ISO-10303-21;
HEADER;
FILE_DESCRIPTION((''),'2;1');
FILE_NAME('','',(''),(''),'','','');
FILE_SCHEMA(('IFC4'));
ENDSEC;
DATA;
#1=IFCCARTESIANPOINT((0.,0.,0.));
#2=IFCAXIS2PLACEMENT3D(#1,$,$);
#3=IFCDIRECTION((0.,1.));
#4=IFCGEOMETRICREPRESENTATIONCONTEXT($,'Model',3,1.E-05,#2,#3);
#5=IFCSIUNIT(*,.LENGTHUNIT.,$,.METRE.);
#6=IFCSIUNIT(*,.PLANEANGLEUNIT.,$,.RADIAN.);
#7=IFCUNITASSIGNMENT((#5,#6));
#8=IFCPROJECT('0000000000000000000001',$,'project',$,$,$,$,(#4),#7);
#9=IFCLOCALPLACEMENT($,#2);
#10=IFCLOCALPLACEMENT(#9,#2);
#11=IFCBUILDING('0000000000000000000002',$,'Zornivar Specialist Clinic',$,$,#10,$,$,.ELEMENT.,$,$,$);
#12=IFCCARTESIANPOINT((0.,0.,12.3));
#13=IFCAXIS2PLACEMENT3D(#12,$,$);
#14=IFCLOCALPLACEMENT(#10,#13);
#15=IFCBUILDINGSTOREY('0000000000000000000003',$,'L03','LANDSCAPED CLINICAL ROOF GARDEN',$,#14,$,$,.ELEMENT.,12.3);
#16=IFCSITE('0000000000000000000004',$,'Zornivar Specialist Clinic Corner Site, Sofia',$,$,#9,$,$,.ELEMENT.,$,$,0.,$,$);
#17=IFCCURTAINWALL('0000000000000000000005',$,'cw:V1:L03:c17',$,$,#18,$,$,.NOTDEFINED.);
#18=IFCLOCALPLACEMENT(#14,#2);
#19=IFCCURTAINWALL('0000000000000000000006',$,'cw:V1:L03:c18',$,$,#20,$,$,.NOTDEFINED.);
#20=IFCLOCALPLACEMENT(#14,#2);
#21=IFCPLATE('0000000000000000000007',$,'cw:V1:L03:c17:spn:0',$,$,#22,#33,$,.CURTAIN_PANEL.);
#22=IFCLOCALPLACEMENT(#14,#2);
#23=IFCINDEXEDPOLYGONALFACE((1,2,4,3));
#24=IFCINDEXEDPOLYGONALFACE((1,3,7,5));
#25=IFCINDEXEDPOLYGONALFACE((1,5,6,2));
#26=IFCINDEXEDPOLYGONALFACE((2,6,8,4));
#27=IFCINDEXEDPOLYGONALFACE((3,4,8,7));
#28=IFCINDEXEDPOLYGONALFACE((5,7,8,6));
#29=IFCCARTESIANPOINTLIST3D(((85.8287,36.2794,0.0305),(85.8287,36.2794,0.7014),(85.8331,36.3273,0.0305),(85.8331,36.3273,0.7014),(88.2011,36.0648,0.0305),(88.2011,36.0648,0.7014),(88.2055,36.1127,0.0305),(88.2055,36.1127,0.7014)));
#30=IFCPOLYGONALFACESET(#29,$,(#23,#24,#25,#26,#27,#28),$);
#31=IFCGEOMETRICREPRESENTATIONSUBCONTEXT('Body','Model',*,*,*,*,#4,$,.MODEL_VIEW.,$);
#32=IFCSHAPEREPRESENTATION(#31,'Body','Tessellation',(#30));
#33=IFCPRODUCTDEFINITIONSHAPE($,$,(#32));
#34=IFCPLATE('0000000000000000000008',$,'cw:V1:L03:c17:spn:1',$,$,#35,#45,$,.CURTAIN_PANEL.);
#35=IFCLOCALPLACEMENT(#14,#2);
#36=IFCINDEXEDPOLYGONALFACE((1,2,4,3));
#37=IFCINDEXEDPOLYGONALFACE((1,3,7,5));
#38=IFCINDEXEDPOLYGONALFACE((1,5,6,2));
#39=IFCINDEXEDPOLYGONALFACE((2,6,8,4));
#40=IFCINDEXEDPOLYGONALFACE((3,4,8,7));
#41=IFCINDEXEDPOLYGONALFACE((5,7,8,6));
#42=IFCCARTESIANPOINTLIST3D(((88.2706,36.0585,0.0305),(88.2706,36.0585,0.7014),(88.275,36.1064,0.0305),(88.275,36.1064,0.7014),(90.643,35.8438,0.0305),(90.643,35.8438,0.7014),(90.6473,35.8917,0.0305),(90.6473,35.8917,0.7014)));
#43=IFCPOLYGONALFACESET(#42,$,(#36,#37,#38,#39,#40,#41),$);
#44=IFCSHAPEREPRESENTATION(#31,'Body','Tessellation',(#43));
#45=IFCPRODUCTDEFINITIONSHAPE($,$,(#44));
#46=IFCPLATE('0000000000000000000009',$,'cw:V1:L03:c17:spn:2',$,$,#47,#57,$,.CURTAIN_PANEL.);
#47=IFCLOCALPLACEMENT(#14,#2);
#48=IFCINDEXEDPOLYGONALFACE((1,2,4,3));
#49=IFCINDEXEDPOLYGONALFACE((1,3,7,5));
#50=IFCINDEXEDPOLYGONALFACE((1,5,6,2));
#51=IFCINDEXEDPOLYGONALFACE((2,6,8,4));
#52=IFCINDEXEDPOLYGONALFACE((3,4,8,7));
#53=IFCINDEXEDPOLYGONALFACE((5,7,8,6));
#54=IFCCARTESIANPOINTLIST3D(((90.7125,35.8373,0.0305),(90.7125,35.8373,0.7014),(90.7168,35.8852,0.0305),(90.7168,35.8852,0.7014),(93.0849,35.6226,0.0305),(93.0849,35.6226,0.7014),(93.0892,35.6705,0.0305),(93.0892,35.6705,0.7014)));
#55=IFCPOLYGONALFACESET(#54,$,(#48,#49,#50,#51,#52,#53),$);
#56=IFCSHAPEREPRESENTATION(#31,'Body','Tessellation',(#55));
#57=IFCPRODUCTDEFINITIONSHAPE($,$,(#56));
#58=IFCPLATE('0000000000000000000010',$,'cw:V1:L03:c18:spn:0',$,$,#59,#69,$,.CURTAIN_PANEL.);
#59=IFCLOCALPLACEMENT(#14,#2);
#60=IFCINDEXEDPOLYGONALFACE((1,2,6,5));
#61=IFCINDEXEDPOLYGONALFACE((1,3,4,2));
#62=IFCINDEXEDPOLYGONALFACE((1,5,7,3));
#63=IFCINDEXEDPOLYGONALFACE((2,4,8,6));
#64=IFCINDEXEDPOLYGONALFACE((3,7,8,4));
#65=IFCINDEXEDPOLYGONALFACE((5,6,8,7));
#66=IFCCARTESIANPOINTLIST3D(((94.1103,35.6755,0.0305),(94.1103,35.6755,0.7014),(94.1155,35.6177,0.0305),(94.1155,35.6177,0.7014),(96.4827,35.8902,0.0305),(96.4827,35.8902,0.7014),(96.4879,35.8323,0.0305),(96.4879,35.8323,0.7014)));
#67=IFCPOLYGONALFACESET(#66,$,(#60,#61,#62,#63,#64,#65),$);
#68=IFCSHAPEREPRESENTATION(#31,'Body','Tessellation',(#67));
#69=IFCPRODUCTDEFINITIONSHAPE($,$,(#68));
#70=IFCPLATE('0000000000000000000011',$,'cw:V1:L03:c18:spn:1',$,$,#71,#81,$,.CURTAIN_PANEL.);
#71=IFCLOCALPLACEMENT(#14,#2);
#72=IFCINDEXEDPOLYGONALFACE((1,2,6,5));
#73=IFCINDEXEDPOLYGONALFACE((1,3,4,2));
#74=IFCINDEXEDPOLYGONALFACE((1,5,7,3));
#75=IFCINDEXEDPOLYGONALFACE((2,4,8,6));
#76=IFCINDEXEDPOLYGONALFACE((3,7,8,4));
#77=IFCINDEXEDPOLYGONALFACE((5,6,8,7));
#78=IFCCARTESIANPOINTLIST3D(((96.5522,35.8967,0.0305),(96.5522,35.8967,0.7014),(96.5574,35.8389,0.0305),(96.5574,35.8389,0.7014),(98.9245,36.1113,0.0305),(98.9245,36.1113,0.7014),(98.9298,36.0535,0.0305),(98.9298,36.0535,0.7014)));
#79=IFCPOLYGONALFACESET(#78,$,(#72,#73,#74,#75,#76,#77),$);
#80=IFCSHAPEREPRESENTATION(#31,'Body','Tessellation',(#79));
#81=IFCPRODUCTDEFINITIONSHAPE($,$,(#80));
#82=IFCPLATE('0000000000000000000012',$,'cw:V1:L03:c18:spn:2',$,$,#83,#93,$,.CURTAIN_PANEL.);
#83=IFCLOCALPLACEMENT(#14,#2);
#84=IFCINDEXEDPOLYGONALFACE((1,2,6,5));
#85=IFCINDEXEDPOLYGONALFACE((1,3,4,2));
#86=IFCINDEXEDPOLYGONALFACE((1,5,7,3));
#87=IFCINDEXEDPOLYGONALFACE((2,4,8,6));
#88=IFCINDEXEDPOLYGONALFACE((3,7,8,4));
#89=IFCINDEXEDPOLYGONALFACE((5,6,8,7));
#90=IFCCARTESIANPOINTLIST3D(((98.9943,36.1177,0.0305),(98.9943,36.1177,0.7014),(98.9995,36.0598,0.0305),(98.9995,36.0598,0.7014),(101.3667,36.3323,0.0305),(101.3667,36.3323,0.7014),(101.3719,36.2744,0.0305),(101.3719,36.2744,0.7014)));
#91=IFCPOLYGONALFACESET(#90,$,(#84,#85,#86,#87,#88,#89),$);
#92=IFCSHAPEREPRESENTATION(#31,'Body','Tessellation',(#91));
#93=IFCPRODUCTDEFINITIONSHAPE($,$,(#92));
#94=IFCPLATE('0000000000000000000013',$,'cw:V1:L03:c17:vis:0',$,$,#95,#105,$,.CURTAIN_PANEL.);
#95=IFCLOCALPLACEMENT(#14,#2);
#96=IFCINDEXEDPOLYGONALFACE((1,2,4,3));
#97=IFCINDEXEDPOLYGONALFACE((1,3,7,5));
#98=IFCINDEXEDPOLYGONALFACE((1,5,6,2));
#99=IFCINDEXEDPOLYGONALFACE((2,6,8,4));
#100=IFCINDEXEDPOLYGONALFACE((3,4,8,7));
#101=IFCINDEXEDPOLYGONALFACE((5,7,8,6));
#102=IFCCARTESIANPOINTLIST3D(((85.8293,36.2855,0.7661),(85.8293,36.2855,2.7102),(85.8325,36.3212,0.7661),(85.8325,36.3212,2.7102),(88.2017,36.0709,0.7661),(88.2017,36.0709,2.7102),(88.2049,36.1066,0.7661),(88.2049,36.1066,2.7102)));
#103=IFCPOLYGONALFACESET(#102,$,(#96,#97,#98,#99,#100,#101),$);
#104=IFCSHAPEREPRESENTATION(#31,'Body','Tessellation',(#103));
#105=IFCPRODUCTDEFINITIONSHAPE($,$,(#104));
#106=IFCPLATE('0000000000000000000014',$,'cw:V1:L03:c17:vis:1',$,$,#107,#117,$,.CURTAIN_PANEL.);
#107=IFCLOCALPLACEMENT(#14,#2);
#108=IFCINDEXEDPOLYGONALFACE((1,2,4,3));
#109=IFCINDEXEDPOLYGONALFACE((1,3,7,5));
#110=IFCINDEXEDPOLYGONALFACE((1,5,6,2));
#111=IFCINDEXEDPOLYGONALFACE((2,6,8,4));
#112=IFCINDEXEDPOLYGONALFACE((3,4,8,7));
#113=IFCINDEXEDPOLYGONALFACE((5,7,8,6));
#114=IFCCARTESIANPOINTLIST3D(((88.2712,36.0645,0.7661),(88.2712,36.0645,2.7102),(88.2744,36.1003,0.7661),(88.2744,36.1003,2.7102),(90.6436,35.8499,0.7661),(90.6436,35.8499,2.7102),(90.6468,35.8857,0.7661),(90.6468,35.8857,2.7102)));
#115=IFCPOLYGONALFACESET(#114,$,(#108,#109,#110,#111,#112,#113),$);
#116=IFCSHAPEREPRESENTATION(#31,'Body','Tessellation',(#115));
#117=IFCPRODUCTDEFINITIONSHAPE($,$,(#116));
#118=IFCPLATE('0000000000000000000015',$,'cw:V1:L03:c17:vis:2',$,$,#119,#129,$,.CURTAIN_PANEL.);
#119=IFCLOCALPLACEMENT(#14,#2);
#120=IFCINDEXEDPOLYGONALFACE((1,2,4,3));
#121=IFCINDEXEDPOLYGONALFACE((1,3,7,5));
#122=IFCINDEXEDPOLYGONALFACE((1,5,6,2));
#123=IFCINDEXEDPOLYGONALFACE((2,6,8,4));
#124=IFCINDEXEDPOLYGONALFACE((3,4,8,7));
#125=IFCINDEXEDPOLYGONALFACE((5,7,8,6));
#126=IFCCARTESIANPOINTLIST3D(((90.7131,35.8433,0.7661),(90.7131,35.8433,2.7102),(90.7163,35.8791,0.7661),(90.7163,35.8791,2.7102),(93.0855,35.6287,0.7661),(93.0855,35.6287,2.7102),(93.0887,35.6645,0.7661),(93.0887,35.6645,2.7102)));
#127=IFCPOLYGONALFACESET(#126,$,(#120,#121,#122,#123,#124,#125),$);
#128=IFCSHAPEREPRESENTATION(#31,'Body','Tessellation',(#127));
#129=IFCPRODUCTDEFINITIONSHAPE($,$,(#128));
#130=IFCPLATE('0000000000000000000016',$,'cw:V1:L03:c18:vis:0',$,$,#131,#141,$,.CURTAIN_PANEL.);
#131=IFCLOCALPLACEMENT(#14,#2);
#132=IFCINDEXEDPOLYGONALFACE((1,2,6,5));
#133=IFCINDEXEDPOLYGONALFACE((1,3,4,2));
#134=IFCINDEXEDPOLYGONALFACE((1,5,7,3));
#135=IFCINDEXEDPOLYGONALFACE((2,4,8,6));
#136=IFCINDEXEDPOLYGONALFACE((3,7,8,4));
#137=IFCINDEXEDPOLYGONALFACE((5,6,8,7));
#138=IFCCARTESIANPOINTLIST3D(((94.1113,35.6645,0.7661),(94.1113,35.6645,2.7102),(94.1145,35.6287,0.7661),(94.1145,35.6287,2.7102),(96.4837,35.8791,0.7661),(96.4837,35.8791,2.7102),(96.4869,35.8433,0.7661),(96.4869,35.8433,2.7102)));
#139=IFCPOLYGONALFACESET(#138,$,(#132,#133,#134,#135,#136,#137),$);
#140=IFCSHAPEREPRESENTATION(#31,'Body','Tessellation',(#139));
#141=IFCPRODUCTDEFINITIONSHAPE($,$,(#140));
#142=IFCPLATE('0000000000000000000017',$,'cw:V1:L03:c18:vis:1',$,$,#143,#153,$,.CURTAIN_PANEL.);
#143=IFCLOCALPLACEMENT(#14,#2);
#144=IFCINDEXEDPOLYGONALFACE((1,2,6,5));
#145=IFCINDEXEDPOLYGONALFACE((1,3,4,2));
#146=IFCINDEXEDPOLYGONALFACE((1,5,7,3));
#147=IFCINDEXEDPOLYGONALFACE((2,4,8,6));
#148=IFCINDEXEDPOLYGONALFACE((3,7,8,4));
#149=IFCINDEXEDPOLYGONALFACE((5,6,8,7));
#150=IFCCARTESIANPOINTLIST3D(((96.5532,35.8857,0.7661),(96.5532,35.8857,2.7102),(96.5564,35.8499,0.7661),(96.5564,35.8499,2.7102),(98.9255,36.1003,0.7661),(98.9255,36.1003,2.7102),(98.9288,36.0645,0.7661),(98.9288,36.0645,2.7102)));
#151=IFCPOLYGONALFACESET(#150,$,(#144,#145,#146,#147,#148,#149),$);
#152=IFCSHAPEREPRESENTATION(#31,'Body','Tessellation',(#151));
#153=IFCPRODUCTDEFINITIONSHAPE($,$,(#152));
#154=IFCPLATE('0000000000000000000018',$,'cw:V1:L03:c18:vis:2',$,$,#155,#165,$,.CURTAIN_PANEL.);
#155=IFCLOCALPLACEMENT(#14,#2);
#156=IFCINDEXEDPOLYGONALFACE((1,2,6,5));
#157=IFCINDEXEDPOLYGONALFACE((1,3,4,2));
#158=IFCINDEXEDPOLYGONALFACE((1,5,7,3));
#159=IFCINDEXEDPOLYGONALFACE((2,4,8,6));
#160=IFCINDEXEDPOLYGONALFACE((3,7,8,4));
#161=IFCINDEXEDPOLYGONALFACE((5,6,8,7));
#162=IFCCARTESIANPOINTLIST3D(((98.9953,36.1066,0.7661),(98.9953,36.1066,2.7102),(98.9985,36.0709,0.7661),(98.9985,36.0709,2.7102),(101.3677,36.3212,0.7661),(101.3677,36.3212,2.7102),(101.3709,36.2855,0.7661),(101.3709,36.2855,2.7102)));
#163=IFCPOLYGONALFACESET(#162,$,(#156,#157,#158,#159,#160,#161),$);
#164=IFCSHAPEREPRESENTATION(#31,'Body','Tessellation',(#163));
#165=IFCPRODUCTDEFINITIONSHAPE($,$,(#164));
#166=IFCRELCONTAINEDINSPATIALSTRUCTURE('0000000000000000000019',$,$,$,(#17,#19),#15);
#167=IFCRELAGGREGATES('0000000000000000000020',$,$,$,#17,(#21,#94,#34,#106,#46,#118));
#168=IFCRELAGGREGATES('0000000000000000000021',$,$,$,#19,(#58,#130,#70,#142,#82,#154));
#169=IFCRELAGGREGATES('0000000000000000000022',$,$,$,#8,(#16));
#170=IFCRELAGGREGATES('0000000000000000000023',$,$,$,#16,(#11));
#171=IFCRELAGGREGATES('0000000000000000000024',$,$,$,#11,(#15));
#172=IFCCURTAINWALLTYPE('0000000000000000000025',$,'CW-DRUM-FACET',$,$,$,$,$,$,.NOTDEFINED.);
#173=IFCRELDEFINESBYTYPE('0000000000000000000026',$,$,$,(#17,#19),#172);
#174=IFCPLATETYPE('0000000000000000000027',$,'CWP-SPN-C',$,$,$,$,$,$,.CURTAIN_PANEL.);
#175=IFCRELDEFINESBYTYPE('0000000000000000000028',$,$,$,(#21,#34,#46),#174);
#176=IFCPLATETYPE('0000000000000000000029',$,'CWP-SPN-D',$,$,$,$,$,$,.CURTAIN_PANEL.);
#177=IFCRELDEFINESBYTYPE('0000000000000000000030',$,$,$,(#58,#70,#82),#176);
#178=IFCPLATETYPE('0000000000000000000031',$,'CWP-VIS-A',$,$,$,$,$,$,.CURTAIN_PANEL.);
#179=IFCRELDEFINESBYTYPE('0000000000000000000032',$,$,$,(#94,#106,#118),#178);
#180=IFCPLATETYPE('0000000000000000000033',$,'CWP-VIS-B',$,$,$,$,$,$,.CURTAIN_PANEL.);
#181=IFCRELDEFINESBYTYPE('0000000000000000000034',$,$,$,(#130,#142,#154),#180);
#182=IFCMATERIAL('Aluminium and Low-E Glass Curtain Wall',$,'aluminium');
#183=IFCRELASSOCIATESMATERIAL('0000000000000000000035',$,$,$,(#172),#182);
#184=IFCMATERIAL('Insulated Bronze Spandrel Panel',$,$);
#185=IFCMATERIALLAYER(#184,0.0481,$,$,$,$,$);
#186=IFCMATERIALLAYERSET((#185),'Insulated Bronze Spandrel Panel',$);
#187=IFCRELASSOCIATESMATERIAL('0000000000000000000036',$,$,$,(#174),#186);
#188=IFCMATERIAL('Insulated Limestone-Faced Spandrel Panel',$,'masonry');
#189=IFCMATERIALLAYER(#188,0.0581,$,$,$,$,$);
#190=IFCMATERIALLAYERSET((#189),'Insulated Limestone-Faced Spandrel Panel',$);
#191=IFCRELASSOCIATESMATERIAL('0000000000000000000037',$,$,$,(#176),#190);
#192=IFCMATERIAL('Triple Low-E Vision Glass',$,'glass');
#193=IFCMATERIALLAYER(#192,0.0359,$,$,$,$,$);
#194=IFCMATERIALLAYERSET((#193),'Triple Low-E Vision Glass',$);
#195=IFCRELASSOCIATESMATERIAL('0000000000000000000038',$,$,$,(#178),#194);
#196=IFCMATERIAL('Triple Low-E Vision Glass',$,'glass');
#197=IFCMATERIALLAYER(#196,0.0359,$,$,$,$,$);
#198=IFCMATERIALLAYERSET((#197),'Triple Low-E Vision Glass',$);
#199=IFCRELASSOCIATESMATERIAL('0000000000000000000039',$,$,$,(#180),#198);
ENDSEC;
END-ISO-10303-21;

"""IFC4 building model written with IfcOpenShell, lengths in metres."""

from ifc_helpers import new_model, si_unit, direction, frame, origin, origin_2d, place, context, subcontext, project, spatial, rectangle, extrude, material, layer, layer_set, type_object, element, aggregate, save


model = new_model("IFC4")

# Units and contexts
model_context = context("Model", 3, precision=1e-05, world=origin(), true_north=direction((0.0, 1.0)))
body_context = subcontext(model_context, "Body", "Model", "MODEL_VIEW")
ifc_project = project(units=[si_unit("LENGTHUNIT", "METRE"), si_unit("PLANEANGLEUNIT", "RADIAN")], contexts=[model_context])

# Site, building, storey
site_placement = place(None, origin())
site = spatial("IfcSite", under=ifc_project, at=site_placement, Name="Zornivar Specialist Clinic Corner Site, Sofia", CompositionType="ELEMENT", RefElevation=0.0)
building_placement = place(site_placement, origin())
building = spatial("IfcBuilding", under=site, at=building_placement, Name="Zornivar Specialist Clinic", CompositionType="ELEMENT")
storey_placement = place(building_placement, frame((0.0, 0.0, 12.3)))
storey = spatial("IfcBuildingStorey", under=building, at=storey_placement, Name="L03", Description="LANDSCAPED CLINICAL ROOF GARDEN", CompositionType="ELEMENT", Elevation=12.3)

# Curtain walls
ifc_material_1 = material(Name="Aluminium and Low-E Glass Curtain Wall", Category="aluminium")
curtain_wall_type = type_object("IfcCurtainWallType", Name="CW-DRUM-FACET", PredefinedType="NOTDEFINED", material=ifc_material_1)
curtain_wall_1_placement = place(storey_placement, origin())
curtain_wall_1 = element("IfcCurtainWall", 1, at=curtain_wall_1_placement, inside=storey, type_object=curtain_wall_type, Name="cw:V1:L03:c17", PredefinedType="NOTDEFINED")
curtain_wall_2_placement = place(storey_placement, origin())
curtain_wall_2 = element("IfcCurtainWall", 2, at=curtain_wall_2_placement, inside=storey, type_object=curtain_wall_type, Name="cw:V1:L03:c18", PredefinedType="NOTDEFINED")

# Plates
ifc_material_2 = material(Name="Insulated Bronze Spandrel Panel")
ifc_layer_1 = layer(ifc_material_2, 0.0481)
ifc_layer_set_1 = layer_set([ifc_layer_1], Name="Insulated Bronze Spandrel Panel")
plate_type_1 = type_object("IfcPlateType", Name="CWP-SPN-C", PredefinedType="CURTAIN_PANEL", material=ifc_layer_set_1)
plate_1_placement = place(storey_placement, frame((87.0171, 36.196, 0.0305), z_axis=(0.0, 0.0, 1.0), x_axis=(0.995933, -0.090099, 0.0)))
plate_1 = element("IfcPlate", 3, at=plate_1_placement, type_object=plate_type_1, Name="cw:V1:L03:c17:spn:0", PredefinedType="CURTAIN_PANEL", context=body_context, shape_type="SweptSolid", body=[
    extrude(rectangle(XDim=2.3821, YDim=0.0481, at=origin_2d()), origin(), (0.0, 0.0, 1.0), 0.6709),
])
plate_2_placement = place(storey_placement, frame((89.459, 35.9751, 0.0305), z_axis=(0.0, 0.0, 1.0), x_axis=(0.995933, -0.090099, 0.0)))
plate_2 = element("IfcPlate", 4, at=plate_2_placement, type_object=plate_type_1, Name="cw:V1:L03:c17:spn:1", PredefinedType="CURTAIN_PANEL", context=body_context, shape_type="SweptSolid", body=[
    extrude(rectangle(XDim=2.3821, YDim=0.0481, at=origin_2d()), origin(), (0.0, 0.0, 1.0), 0.6709),
])
plate_3_placement = place(storey_placement, frame((91.9009, 35.7539, 0.0305), z_axis=(0.0, 0.0, 1.0), x_axis=(0.995933, -0.090099, 0.0)))
plate_3 = element("IfcPlate", 5, at=plate_3_placement, type_object=plate_type_1, Name="cw:V1:L03:c17:spn:2", PredefinedType="CURTAIN_PANEL", context=body_context, shape_type="SweptSolid", body=[
    extrude(rectangle(XDim=2.3821, YDim=0.0481, at=origin_2d()), origin(), (0.0, 0.0, 1.0), 0.6709),
])
ifc_material_3 = material(Name="Insulated Limestone-Faced Spandrel Panel", Category="masonry")
ifc_layer_2 = layer(ifc_material_3, 0.0581)
ifc_layer_set_2 = layer_set([ifc_layer_2], Name="Insulated Limestone-Faced Spandrel Panel")
plate_type_2 = type_object("IfcPlateType", Name="CWP-SPN-D", PredefinedType="CURTAIN_PANEL", material=ifc_layer_set_2)
plate_4_placement = place(storey_placement, frame((95.2991, 35.7539, 0.0305), z_axis=(0.0, 0.0, 1.0), x_axis=(0.995933, 0.090099, 0.0)))
plate_4 = element("IfcPlate", 6, at=plate_4_placement, type_object=plate_type_2, Name="cw:V1:L03:c18:spn:0", PredefinedType="CURTAIN_PANEL", context=body_context, shape_type="SweptSolid", body=[
    extrude(rectangle(XDim=2.3821, YDim=0.0581, at=origin_2d()), origin(), (0.0, 0.0, 1.0), 0.6709),
])
plate_5_placement = place(storey_placement, frame((97.741, 35.9751, 0.0305), z_axis=(0.0, 0.0, 1.0), x_axis=(0.995933, 0.090099, 0.0)))
plate_5 = element("IfcPlate", 7, at=plate_5_placement, type_object=plate_type_2, Name="cw:V1:L03:c18:spn:1", PredefinedType="CURTAIN_PANEL", context=body_context, shape_type="SweptSolid", body=[
    extrude(rectangle(XDim=2.3821, YDim=0.0581, at=origin_2d()), origin(), (0.0, 0.0, 1.0), 0.6709),
])
plate_6_placement = place(storey_placement, frame((100.1831, 36.196, 0.0305), z_axis=(0.0, 0.0, 1.0), x_axis=(0.995933, 0.090099, 0.0)))
plate_6 = element("IfcPlate", 8, at=plate_6_placement, type_object=plate_type_2, Name="cw:V1:L03:c18:spn:2", PredefinedType="CURTAIN_PANEL", context=body_context, shape_type="SweptSolid", body=[
    extrude(rectangle(XDim=2.3821, YDim=0.0581, at=origin_2d()), origin(), (0.0, 0.0, 1.0), 0.6709),
])
ifc_material_4 = material(Name="Triple Low-E Vision Glass", Category="glass")
ifc_layer_3 = layer(ifc_material_4, 0.0359)
ifc_layer_set_3 = layer_set([ifc_layer_3], Name="Triple Low-E Vision Glass")
plate_type_3 = type_object("IfcPlateType", Name="CWP-VIS-A", PredefinedType="CURTAIN_PANEL", material=ifc_layer_set_3)
plate_7_placement = place(storey_placement, frame((87.0171, 36.196, 0.7661), z_axis=(0.0, 0.0, 1.0), x_axis=(0.995933, -0.090099, 0.0)))
plate_7 = element("IfcPlate", 9, at=plate_7_placement, type_object=plate_type_3, Name="cw:V1:L03:c17:vis:0", PredefinedType="CURTAIN_PANEL", context=body_context, shape_type="SweptSolid", body=[
    extrude(rectangle(XDim=2.3821, YDim=0.0359, at=origin_2d()), origin(), (0.0, 0.0, 1.0), 1.9441),
])
plate_8_placement = place(storey_placement, frame((89.459, 35.9751, 0.7661), z_axis=(0.0, 0.0, 1.0), x_axis=(0.995933, -0.090099, 0.0)))
plate_8 = element("IfcPlate", 10, at=plate_8_placement, type_object=plate_type_3, Name="cw:V1:L03:c17:vis:1", PredefinedType="CURTAIN_PANEL", context=body_context, shape_type="SweptSolid", body=[
    extrude(rectangle(XDim=2.3821, YDim=0.0359, at=origin_2d()), origin(), (0.0, 0.0, 1.0), 1.9441),
])
plate_9_placement = place(storey_placement, frame((91.9009, 35.7539, 0.7661), z_axis=(0.0, 0.0, 1.0), x_axis=(0.995933, -0.090099, 0.0)))
plate_9 = element("IfcPlate", 11, at=plate_9_placement, type_object=plate_type_3, Name="cw:V1:L03:c17:vis:2", PredefinedType="CURTAIN_PANEL", context=body_context, shape_type="SweptSolid", body=[
    extrude(rectangle(XDim=2.3821, YDim=0.0359, at=origin_2d()), origin(), (0.0, 0.0, 1.0), 1.9441),
])
aggregate(curtain_wall_1, [plate_1, plate_7, plate_2, plate_8, plate_3, plate_9])
ifc_material_5 = material(Name="Triple Low-E Vision Glass", Category="glass")
ifc_layer_4 = layer(ifc_material_5, 0.0359)
ifc_layer_set_4 = layer_set([ifc_layer_4], Name="Triple Low-E Vision Glass")
plate_type_4 = type_object("IfcPlateType", Name="CWP-VIS-B", PredefinedType="CURTAIN_PANEL", material=ifc_layer_set_4)
plate_10_placement = place(storey_placement, frame((95.2991, 35.7539, 0.7661), z_axis=(0.0, 0.0, 1.0), x_axis=(0.995933, 0.090099, 0.0)))
plate_10 = element("IfcPlate", 12, at=plate_10_placement, type_object=plate_type_4, Name="cw:V1:L03:c18:vis:0", PredefinedType="CURTAIN_PANEL", context=body_context, shape_type="SweptSolid", body=[
    extrude(rectangle(XDim=2.3821, YDim=0.0359, at=origin_2d()), origin(), (0.0, 0.0, 1.0), 1.9441),
])
plate_11_placement = place(storey_placement, frame((97.741, 35.9751, 0.7661), z_axis=(0.0, 0.0, 1.0), x_axis=(0.995933, 0.090099, 0.0)))
plate_11 = element("IfcPlate", 13, at=plate_11_placement, type_object=plate_type_4, Name="cw:V1:L03:c18:vis:1", PredefinedType="CURTAIN_PANEL", context=body_context, shape_type="SweptSolid", body=[
    extrude(rectangle(XDim=2.3821, YDim=0.0359, at=origin_2d()), origin(), (0.0, 0.0, 1.0), 1.9441),
])
plate_12_placement = place(storey_placement, frame((100.1831, 36.196, 0.7661), z_axis=(0.0, 0.0, 1.0), x_axis=(0.995933, 0.090099, 0.0)))
plate_12 = element("IfcPlate", 14, at=plate_12_placement, type_object=plate_type_4, Name="cw:V1:L03:c18:vis:2", PredefinedType="CURTAIN_PANEL", context=body_context, shape_type="SweptSolid", body=[
    extrude(rectangle(XDim=2.3821, YDim=0.0359, at=origin_2d()), origin(), (0.0, 0.0, 1.0), 1.9441),
])
aggregate(curtain_wall_2, [plate_4, plate_10, plate_5, plate_11, plate_6, plate_12])

save(model, "model.ifc")
